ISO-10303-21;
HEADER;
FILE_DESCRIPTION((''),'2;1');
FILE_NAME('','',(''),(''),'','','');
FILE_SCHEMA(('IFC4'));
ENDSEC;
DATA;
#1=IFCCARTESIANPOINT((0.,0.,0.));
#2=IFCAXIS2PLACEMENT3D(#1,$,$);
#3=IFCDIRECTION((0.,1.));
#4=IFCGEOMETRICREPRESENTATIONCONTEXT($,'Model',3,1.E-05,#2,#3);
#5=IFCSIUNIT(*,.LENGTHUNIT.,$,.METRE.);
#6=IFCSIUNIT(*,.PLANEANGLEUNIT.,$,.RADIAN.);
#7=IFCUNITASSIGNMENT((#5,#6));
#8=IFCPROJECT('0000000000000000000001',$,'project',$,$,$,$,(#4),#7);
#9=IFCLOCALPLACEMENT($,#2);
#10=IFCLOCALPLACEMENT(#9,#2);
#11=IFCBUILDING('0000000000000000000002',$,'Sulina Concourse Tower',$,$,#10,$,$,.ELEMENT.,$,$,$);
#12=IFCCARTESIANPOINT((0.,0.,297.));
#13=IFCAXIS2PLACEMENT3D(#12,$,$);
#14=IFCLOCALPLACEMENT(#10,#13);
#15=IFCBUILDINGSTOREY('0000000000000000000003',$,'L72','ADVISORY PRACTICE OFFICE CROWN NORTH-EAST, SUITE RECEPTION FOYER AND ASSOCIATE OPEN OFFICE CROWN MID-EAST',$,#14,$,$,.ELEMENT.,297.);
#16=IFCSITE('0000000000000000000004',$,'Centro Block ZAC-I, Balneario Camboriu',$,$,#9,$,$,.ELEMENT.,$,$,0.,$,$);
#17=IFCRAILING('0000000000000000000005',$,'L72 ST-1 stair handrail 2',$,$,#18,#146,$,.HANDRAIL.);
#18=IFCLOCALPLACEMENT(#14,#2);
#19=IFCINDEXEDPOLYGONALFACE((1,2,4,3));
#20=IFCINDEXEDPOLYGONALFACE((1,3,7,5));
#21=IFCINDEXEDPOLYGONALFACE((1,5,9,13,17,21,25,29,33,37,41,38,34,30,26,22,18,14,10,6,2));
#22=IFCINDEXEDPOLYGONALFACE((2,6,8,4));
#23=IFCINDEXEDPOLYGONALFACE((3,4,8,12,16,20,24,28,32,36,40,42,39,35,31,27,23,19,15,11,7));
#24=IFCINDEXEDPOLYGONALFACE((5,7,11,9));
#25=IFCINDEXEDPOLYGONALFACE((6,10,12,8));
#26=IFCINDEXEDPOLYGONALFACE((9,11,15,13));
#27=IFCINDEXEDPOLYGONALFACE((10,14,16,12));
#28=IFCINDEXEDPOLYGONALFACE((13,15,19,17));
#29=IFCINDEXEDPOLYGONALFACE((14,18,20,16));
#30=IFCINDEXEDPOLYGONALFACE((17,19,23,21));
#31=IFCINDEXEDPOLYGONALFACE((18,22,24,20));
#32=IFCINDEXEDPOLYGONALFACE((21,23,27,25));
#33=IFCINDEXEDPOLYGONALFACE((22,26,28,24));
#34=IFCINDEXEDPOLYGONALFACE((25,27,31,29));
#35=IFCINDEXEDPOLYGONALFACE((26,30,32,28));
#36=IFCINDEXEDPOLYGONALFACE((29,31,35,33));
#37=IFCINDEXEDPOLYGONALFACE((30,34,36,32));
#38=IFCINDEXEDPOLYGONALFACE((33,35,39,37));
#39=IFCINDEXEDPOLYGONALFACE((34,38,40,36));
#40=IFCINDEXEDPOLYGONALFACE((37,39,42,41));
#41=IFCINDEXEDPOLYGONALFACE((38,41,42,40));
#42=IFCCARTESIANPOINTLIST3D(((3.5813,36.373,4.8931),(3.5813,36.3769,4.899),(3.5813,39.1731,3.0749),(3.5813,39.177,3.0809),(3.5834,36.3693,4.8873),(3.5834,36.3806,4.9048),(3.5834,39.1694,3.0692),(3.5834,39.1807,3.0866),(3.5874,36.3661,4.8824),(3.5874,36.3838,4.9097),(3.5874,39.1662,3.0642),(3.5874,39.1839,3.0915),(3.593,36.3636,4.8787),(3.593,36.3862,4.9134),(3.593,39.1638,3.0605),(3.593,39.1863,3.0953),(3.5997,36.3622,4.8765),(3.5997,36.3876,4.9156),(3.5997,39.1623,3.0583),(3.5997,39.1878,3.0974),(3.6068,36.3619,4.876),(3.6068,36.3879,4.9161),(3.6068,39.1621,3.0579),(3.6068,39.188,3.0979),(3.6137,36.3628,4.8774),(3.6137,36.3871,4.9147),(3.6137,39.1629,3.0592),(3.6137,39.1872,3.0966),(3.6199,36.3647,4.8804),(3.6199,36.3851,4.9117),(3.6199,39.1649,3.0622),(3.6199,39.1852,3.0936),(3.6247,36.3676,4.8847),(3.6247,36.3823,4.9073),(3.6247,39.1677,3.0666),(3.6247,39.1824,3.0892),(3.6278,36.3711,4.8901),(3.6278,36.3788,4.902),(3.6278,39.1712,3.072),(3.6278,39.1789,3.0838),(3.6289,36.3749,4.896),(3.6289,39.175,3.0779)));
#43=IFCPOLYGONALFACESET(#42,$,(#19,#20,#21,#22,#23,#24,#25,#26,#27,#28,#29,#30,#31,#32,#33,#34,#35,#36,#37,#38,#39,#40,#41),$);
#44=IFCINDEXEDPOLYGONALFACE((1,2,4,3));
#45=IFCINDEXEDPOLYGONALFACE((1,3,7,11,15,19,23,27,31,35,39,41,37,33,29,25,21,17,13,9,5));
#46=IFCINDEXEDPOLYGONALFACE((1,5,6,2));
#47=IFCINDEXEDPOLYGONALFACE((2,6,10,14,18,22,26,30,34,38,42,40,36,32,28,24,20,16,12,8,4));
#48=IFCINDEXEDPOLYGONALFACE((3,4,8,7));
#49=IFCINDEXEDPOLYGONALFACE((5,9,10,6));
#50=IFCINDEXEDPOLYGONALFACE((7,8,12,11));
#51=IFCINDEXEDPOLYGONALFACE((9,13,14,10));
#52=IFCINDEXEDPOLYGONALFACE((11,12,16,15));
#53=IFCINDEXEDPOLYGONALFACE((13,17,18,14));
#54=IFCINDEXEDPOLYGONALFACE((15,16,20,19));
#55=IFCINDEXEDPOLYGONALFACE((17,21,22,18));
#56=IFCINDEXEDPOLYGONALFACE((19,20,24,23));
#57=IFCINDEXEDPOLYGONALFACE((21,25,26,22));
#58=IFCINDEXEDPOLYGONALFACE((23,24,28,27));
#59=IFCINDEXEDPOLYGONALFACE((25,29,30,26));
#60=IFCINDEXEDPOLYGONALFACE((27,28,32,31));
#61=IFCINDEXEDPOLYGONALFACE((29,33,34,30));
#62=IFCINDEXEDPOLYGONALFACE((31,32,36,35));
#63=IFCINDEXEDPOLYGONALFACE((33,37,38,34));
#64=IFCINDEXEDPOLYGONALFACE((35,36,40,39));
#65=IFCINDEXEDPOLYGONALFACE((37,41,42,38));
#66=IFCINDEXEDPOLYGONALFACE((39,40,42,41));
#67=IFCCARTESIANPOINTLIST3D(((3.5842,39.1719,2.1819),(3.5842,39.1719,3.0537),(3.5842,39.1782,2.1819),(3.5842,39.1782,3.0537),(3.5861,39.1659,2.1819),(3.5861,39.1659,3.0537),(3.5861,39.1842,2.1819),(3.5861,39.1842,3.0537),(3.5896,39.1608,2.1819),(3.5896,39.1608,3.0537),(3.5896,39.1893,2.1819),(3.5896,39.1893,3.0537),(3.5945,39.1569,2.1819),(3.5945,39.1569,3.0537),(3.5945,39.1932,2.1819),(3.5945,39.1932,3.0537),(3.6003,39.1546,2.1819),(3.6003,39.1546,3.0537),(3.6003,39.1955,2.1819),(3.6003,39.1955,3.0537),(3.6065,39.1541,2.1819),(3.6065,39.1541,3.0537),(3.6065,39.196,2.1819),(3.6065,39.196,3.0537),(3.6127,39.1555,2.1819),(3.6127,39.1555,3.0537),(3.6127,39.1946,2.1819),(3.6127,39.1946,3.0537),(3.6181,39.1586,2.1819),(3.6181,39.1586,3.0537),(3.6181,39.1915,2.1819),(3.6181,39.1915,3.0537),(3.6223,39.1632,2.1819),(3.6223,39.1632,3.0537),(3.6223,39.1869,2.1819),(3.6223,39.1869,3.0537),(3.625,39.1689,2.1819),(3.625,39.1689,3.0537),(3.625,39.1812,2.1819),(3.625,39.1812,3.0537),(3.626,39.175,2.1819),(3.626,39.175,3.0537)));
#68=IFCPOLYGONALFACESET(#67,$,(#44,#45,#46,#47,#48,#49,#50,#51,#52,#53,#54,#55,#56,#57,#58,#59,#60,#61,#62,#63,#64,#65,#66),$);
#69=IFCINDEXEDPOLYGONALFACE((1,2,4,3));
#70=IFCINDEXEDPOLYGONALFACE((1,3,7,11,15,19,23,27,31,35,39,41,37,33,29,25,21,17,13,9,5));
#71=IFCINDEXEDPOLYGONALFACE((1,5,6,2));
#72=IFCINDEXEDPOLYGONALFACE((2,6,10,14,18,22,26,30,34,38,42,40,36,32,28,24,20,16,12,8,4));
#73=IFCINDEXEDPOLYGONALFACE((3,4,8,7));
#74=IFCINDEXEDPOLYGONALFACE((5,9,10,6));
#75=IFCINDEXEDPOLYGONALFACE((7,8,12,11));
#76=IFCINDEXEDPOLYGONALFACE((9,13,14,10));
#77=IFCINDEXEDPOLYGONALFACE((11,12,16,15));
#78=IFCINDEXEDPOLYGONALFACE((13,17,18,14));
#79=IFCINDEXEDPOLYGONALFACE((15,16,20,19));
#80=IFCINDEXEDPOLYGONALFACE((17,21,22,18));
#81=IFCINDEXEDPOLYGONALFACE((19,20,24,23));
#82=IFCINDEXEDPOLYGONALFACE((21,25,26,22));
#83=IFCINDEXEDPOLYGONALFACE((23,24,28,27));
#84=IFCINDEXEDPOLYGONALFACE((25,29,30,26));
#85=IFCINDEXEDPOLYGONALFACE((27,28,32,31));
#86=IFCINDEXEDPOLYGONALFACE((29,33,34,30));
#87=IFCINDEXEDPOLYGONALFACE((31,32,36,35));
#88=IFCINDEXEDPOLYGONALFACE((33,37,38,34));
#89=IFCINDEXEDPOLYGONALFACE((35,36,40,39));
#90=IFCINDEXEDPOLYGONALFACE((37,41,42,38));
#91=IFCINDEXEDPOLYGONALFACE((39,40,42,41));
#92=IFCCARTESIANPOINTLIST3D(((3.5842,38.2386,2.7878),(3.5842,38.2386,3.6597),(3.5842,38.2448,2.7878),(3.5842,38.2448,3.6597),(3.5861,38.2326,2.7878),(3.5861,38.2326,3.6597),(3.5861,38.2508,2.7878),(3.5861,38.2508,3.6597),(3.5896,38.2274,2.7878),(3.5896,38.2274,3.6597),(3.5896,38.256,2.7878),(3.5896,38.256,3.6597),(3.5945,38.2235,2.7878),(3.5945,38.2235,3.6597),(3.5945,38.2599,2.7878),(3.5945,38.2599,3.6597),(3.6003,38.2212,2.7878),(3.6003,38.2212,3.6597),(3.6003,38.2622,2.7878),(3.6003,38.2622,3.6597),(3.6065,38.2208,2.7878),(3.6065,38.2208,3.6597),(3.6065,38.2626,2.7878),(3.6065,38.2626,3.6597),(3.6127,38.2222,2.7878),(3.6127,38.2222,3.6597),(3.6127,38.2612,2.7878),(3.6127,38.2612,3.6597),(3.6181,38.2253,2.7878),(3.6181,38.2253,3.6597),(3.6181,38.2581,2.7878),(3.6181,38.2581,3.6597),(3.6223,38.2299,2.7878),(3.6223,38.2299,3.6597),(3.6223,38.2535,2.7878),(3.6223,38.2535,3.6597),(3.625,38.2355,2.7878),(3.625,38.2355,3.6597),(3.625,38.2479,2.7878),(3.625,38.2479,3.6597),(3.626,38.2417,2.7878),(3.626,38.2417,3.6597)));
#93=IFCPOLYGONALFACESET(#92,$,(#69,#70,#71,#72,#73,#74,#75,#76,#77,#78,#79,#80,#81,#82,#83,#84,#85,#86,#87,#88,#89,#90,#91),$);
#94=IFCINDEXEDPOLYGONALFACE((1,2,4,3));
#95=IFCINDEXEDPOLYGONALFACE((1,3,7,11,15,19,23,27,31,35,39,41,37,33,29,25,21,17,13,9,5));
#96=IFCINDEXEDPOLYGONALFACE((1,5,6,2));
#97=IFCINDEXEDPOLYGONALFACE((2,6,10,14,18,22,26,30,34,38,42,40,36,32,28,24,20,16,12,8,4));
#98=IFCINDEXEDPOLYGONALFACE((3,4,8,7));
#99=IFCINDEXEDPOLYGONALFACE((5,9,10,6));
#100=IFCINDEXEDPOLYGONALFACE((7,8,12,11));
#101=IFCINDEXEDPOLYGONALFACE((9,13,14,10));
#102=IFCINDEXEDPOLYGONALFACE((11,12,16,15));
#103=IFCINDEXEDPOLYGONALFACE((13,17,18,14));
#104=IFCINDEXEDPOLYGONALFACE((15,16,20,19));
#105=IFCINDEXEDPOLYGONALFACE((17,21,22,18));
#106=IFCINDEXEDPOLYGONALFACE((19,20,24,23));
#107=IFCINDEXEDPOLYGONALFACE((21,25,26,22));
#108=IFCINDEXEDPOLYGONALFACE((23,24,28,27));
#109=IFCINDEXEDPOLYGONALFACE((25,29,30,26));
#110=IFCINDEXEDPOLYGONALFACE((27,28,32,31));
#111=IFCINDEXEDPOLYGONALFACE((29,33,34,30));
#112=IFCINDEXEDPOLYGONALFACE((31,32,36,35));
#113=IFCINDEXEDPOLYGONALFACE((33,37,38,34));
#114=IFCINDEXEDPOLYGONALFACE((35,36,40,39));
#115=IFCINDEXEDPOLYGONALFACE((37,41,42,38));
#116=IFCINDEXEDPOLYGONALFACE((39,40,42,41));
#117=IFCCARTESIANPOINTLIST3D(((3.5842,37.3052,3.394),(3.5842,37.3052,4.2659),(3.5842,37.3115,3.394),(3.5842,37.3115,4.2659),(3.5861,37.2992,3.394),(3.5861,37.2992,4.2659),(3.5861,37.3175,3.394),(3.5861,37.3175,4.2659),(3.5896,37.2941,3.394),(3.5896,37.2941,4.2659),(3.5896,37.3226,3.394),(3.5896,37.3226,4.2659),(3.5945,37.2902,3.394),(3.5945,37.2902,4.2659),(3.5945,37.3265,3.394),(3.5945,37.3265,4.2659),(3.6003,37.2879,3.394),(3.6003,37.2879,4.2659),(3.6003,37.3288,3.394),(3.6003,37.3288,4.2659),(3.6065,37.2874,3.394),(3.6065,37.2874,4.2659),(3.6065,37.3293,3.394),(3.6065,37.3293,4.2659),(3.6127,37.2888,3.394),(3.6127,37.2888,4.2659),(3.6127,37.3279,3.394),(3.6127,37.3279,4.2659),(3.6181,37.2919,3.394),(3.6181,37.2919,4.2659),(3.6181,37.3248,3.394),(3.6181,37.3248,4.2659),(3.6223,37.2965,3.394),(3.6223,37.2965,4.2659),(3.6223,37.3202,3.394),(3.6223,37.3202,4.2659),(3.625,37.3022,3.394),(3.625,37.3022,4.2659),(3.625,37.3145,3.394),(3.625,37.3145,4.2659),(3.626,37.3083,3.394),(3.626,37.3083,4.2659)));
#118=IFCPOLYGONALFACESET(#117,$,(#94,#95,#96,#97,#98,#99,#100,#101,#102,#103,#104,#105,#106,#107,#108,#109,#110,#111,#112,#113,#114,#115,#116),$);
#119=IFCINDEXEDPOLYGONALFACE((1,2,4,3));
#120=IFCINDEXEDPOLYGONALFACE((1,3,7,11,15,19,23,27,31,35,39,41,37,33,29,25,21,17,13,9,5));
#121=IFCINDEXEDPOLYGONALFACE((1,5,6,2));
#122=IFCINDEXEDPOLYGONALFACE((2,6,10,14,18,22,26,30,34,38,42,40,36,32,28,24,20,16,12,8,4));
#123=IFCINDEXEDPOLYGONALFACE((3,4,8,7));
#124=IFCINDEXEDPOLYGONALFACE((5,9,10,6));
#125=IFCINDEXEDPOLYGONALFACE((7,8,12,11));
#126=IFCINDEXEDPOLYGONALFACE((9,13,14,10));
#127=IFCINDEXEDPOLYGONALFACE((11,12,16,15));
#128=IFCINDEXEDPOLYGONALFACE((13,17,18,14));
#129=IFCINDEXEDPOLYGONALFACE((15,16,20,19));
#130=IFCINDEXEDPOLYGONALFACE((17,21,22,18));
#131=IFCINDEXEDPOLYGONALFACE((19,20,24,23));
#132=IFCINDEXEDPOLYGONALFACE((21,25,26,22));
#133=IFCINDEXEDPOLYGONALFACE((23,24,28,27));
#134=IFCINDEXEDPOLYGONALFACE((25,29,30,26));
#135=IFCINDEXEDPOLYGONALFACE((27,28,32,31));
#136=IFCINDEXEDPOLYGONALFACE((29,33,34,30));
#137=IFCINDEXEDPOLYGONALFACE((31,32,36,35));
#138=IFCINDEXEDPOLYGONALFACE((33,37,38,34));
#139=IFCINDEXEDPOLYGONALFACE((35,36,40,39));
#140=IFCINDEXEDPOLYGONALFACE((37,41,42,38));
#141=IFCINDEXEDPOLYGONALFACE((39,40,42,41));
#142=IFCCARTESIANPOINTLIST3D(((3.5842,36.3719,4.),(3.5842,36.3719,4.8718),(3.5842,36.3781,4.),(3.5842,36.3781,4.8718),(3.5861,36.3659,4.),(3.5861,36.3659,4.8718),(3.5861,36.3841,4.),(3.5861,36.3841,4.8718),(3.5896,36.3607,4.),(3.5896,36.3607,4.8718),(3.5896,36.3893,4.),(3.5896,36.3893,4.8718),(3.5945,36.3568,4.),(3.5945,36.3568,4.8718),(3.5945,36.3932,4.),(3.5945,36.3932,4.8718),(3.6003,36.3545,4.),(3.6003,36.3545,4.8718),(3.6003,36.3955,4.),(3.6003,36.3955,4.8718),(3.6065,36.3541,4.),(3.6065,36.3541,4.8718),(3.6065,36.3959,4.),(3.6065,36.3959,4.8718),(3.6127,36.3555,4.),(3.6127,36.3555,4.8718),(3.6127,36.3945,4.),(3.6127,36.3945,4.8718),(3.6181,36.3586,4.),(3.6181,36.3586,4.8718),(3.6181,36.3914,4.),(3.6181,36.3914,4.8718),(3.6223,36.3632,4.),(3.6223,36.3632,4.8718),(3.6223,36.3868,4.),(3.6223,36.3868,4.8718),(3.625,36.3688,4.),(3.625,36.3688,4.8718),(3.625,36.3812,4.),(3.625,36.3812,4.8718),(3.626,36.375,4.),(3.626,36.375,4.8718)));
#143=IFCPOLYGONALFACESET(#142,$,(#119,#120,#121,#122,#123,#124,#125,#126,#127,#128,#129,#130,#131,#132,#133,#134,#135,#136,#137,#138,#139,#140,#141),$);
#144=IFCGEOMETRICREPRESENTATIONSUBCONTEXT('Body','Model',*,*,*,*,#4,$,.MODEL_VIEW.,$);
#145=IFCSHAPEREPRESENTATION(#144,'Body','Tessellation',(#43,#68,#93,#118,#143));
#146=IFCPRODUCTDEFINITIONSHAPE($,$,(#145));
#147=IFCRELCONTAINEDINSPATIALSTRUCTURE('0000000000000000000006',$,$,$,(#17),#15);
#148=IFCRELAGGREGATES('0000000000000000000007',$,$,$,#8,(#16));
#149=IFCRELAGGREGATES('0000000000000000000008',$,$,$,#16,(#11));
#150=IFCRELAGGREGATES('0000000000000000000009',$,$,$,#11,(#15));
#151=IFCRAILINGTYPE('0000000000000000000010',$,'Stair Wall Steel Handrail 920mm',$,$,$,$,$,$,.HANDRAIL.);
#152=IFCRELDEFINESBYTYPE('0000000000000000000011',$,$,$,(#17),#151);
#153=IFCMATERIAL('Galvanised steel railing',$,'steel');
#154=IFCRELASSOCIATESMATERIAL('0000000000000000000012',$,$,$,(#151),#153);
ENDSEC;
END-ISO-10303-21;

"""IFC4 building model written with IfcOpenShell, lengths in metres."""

from ifc_helpers import new_model, si_unit, direction, frame, origin, origin_2d, place, context, subcontext, project, spatial, circle, extrude, material, type_object, element, save


model = new_model("IFC4")

# Units and contexts
model_context = context("Model", 3, precision=1e-05, world=origin(), true_north=direction((0.0, 1.0)))
body_context = subcontext(model_context, "Body", "Model", "MODEL_VIEW")
ifc_project = project(units=[si_unit("LENGTHUNIT", "METRE"), si_unit("PLANEANGLEUNIT", "RADIAN")], contexts=[model_context])

# Site, building, storey
site_placement = place(None, origin())
site = spatial("IfcSite", under=ifc_project, at=site_placement, Name="Centro Block ZAC-I, Balneario Camboriu", CompositionType="ELEMENT", RefElevation=0.0)
building_placement = place(site_placement, origin())
building = spatial("IfcBuilding", under=site, at=building_placement, Name="Sulina Concourse Tower", CompositionType="ELEMENT")
storey_placement = place(building_placement, frame((0.0, 0.0, 297.0)))
storey = spatial("IfcBuildingStorey", under=building, at=storey_placement, Name="L72", Description="ADVISORY PRACTICE OFFICE CROWN NORTH-EAST, SUITE RECEPTION FOYER AND ASSOCIATE OPEN OFFICE CROWN MID-EAST", CompositionType="ELEMENT", Elevation=297.0)

# Railing
ifc_material_1 = material(Name="Galvanised steel railing", Category="steel")
railing_type_1 = type_object("IfcRailingType", Name="Stair Wall Steel Handrail 920mm", PredefinedType="HANDRAIL", material=ifc_material_1)
railing_1_placement = place(storey_placement, frame((3.605, 39.175, 2.1819)))
element("IfcRailing", 1, at=railing_1_placement, inside=storey, type_object=railing_type_1, Name="L72 ST-1 stair handrail 2", PredefinedType="HANDRAIL", context=body_context, shape_type="SweptSolid", body=[
    extrude(circle(Radius=0.0239, at=origin_2d()), frame((0.0, 0.0, 0.896), z_axis=(0.0, -0.838706, 0.544585), x_axis=(1.0, 0.0, 0.0)), (0.0, 0.0, 1.0), 3.3386),
    extrude(circle(Radius=0.021, at=origin_2d()), origin(), (0.0, 0.0, 1.0), 0.8718),
    extrude(circle(Radius=0.021, at=origin_2d()), frame((0.0, -0.9333, 0.606)), (0.0, 0.0, 1.0), 0.8718),
    extrude(circle(Radius=0.021, at=origin_2d()), frame((0.0, -1.8667, 1.2122)), (0.0, 0.0, 1.0), 0.8718),
    extrude(circle(Radius=0.021, at=origin_2d()), frame((0.0, -2.8, 1.8181)), (0.0, 0.0, 1.0), 0.8718),
])

save(model, "model.ifc")
